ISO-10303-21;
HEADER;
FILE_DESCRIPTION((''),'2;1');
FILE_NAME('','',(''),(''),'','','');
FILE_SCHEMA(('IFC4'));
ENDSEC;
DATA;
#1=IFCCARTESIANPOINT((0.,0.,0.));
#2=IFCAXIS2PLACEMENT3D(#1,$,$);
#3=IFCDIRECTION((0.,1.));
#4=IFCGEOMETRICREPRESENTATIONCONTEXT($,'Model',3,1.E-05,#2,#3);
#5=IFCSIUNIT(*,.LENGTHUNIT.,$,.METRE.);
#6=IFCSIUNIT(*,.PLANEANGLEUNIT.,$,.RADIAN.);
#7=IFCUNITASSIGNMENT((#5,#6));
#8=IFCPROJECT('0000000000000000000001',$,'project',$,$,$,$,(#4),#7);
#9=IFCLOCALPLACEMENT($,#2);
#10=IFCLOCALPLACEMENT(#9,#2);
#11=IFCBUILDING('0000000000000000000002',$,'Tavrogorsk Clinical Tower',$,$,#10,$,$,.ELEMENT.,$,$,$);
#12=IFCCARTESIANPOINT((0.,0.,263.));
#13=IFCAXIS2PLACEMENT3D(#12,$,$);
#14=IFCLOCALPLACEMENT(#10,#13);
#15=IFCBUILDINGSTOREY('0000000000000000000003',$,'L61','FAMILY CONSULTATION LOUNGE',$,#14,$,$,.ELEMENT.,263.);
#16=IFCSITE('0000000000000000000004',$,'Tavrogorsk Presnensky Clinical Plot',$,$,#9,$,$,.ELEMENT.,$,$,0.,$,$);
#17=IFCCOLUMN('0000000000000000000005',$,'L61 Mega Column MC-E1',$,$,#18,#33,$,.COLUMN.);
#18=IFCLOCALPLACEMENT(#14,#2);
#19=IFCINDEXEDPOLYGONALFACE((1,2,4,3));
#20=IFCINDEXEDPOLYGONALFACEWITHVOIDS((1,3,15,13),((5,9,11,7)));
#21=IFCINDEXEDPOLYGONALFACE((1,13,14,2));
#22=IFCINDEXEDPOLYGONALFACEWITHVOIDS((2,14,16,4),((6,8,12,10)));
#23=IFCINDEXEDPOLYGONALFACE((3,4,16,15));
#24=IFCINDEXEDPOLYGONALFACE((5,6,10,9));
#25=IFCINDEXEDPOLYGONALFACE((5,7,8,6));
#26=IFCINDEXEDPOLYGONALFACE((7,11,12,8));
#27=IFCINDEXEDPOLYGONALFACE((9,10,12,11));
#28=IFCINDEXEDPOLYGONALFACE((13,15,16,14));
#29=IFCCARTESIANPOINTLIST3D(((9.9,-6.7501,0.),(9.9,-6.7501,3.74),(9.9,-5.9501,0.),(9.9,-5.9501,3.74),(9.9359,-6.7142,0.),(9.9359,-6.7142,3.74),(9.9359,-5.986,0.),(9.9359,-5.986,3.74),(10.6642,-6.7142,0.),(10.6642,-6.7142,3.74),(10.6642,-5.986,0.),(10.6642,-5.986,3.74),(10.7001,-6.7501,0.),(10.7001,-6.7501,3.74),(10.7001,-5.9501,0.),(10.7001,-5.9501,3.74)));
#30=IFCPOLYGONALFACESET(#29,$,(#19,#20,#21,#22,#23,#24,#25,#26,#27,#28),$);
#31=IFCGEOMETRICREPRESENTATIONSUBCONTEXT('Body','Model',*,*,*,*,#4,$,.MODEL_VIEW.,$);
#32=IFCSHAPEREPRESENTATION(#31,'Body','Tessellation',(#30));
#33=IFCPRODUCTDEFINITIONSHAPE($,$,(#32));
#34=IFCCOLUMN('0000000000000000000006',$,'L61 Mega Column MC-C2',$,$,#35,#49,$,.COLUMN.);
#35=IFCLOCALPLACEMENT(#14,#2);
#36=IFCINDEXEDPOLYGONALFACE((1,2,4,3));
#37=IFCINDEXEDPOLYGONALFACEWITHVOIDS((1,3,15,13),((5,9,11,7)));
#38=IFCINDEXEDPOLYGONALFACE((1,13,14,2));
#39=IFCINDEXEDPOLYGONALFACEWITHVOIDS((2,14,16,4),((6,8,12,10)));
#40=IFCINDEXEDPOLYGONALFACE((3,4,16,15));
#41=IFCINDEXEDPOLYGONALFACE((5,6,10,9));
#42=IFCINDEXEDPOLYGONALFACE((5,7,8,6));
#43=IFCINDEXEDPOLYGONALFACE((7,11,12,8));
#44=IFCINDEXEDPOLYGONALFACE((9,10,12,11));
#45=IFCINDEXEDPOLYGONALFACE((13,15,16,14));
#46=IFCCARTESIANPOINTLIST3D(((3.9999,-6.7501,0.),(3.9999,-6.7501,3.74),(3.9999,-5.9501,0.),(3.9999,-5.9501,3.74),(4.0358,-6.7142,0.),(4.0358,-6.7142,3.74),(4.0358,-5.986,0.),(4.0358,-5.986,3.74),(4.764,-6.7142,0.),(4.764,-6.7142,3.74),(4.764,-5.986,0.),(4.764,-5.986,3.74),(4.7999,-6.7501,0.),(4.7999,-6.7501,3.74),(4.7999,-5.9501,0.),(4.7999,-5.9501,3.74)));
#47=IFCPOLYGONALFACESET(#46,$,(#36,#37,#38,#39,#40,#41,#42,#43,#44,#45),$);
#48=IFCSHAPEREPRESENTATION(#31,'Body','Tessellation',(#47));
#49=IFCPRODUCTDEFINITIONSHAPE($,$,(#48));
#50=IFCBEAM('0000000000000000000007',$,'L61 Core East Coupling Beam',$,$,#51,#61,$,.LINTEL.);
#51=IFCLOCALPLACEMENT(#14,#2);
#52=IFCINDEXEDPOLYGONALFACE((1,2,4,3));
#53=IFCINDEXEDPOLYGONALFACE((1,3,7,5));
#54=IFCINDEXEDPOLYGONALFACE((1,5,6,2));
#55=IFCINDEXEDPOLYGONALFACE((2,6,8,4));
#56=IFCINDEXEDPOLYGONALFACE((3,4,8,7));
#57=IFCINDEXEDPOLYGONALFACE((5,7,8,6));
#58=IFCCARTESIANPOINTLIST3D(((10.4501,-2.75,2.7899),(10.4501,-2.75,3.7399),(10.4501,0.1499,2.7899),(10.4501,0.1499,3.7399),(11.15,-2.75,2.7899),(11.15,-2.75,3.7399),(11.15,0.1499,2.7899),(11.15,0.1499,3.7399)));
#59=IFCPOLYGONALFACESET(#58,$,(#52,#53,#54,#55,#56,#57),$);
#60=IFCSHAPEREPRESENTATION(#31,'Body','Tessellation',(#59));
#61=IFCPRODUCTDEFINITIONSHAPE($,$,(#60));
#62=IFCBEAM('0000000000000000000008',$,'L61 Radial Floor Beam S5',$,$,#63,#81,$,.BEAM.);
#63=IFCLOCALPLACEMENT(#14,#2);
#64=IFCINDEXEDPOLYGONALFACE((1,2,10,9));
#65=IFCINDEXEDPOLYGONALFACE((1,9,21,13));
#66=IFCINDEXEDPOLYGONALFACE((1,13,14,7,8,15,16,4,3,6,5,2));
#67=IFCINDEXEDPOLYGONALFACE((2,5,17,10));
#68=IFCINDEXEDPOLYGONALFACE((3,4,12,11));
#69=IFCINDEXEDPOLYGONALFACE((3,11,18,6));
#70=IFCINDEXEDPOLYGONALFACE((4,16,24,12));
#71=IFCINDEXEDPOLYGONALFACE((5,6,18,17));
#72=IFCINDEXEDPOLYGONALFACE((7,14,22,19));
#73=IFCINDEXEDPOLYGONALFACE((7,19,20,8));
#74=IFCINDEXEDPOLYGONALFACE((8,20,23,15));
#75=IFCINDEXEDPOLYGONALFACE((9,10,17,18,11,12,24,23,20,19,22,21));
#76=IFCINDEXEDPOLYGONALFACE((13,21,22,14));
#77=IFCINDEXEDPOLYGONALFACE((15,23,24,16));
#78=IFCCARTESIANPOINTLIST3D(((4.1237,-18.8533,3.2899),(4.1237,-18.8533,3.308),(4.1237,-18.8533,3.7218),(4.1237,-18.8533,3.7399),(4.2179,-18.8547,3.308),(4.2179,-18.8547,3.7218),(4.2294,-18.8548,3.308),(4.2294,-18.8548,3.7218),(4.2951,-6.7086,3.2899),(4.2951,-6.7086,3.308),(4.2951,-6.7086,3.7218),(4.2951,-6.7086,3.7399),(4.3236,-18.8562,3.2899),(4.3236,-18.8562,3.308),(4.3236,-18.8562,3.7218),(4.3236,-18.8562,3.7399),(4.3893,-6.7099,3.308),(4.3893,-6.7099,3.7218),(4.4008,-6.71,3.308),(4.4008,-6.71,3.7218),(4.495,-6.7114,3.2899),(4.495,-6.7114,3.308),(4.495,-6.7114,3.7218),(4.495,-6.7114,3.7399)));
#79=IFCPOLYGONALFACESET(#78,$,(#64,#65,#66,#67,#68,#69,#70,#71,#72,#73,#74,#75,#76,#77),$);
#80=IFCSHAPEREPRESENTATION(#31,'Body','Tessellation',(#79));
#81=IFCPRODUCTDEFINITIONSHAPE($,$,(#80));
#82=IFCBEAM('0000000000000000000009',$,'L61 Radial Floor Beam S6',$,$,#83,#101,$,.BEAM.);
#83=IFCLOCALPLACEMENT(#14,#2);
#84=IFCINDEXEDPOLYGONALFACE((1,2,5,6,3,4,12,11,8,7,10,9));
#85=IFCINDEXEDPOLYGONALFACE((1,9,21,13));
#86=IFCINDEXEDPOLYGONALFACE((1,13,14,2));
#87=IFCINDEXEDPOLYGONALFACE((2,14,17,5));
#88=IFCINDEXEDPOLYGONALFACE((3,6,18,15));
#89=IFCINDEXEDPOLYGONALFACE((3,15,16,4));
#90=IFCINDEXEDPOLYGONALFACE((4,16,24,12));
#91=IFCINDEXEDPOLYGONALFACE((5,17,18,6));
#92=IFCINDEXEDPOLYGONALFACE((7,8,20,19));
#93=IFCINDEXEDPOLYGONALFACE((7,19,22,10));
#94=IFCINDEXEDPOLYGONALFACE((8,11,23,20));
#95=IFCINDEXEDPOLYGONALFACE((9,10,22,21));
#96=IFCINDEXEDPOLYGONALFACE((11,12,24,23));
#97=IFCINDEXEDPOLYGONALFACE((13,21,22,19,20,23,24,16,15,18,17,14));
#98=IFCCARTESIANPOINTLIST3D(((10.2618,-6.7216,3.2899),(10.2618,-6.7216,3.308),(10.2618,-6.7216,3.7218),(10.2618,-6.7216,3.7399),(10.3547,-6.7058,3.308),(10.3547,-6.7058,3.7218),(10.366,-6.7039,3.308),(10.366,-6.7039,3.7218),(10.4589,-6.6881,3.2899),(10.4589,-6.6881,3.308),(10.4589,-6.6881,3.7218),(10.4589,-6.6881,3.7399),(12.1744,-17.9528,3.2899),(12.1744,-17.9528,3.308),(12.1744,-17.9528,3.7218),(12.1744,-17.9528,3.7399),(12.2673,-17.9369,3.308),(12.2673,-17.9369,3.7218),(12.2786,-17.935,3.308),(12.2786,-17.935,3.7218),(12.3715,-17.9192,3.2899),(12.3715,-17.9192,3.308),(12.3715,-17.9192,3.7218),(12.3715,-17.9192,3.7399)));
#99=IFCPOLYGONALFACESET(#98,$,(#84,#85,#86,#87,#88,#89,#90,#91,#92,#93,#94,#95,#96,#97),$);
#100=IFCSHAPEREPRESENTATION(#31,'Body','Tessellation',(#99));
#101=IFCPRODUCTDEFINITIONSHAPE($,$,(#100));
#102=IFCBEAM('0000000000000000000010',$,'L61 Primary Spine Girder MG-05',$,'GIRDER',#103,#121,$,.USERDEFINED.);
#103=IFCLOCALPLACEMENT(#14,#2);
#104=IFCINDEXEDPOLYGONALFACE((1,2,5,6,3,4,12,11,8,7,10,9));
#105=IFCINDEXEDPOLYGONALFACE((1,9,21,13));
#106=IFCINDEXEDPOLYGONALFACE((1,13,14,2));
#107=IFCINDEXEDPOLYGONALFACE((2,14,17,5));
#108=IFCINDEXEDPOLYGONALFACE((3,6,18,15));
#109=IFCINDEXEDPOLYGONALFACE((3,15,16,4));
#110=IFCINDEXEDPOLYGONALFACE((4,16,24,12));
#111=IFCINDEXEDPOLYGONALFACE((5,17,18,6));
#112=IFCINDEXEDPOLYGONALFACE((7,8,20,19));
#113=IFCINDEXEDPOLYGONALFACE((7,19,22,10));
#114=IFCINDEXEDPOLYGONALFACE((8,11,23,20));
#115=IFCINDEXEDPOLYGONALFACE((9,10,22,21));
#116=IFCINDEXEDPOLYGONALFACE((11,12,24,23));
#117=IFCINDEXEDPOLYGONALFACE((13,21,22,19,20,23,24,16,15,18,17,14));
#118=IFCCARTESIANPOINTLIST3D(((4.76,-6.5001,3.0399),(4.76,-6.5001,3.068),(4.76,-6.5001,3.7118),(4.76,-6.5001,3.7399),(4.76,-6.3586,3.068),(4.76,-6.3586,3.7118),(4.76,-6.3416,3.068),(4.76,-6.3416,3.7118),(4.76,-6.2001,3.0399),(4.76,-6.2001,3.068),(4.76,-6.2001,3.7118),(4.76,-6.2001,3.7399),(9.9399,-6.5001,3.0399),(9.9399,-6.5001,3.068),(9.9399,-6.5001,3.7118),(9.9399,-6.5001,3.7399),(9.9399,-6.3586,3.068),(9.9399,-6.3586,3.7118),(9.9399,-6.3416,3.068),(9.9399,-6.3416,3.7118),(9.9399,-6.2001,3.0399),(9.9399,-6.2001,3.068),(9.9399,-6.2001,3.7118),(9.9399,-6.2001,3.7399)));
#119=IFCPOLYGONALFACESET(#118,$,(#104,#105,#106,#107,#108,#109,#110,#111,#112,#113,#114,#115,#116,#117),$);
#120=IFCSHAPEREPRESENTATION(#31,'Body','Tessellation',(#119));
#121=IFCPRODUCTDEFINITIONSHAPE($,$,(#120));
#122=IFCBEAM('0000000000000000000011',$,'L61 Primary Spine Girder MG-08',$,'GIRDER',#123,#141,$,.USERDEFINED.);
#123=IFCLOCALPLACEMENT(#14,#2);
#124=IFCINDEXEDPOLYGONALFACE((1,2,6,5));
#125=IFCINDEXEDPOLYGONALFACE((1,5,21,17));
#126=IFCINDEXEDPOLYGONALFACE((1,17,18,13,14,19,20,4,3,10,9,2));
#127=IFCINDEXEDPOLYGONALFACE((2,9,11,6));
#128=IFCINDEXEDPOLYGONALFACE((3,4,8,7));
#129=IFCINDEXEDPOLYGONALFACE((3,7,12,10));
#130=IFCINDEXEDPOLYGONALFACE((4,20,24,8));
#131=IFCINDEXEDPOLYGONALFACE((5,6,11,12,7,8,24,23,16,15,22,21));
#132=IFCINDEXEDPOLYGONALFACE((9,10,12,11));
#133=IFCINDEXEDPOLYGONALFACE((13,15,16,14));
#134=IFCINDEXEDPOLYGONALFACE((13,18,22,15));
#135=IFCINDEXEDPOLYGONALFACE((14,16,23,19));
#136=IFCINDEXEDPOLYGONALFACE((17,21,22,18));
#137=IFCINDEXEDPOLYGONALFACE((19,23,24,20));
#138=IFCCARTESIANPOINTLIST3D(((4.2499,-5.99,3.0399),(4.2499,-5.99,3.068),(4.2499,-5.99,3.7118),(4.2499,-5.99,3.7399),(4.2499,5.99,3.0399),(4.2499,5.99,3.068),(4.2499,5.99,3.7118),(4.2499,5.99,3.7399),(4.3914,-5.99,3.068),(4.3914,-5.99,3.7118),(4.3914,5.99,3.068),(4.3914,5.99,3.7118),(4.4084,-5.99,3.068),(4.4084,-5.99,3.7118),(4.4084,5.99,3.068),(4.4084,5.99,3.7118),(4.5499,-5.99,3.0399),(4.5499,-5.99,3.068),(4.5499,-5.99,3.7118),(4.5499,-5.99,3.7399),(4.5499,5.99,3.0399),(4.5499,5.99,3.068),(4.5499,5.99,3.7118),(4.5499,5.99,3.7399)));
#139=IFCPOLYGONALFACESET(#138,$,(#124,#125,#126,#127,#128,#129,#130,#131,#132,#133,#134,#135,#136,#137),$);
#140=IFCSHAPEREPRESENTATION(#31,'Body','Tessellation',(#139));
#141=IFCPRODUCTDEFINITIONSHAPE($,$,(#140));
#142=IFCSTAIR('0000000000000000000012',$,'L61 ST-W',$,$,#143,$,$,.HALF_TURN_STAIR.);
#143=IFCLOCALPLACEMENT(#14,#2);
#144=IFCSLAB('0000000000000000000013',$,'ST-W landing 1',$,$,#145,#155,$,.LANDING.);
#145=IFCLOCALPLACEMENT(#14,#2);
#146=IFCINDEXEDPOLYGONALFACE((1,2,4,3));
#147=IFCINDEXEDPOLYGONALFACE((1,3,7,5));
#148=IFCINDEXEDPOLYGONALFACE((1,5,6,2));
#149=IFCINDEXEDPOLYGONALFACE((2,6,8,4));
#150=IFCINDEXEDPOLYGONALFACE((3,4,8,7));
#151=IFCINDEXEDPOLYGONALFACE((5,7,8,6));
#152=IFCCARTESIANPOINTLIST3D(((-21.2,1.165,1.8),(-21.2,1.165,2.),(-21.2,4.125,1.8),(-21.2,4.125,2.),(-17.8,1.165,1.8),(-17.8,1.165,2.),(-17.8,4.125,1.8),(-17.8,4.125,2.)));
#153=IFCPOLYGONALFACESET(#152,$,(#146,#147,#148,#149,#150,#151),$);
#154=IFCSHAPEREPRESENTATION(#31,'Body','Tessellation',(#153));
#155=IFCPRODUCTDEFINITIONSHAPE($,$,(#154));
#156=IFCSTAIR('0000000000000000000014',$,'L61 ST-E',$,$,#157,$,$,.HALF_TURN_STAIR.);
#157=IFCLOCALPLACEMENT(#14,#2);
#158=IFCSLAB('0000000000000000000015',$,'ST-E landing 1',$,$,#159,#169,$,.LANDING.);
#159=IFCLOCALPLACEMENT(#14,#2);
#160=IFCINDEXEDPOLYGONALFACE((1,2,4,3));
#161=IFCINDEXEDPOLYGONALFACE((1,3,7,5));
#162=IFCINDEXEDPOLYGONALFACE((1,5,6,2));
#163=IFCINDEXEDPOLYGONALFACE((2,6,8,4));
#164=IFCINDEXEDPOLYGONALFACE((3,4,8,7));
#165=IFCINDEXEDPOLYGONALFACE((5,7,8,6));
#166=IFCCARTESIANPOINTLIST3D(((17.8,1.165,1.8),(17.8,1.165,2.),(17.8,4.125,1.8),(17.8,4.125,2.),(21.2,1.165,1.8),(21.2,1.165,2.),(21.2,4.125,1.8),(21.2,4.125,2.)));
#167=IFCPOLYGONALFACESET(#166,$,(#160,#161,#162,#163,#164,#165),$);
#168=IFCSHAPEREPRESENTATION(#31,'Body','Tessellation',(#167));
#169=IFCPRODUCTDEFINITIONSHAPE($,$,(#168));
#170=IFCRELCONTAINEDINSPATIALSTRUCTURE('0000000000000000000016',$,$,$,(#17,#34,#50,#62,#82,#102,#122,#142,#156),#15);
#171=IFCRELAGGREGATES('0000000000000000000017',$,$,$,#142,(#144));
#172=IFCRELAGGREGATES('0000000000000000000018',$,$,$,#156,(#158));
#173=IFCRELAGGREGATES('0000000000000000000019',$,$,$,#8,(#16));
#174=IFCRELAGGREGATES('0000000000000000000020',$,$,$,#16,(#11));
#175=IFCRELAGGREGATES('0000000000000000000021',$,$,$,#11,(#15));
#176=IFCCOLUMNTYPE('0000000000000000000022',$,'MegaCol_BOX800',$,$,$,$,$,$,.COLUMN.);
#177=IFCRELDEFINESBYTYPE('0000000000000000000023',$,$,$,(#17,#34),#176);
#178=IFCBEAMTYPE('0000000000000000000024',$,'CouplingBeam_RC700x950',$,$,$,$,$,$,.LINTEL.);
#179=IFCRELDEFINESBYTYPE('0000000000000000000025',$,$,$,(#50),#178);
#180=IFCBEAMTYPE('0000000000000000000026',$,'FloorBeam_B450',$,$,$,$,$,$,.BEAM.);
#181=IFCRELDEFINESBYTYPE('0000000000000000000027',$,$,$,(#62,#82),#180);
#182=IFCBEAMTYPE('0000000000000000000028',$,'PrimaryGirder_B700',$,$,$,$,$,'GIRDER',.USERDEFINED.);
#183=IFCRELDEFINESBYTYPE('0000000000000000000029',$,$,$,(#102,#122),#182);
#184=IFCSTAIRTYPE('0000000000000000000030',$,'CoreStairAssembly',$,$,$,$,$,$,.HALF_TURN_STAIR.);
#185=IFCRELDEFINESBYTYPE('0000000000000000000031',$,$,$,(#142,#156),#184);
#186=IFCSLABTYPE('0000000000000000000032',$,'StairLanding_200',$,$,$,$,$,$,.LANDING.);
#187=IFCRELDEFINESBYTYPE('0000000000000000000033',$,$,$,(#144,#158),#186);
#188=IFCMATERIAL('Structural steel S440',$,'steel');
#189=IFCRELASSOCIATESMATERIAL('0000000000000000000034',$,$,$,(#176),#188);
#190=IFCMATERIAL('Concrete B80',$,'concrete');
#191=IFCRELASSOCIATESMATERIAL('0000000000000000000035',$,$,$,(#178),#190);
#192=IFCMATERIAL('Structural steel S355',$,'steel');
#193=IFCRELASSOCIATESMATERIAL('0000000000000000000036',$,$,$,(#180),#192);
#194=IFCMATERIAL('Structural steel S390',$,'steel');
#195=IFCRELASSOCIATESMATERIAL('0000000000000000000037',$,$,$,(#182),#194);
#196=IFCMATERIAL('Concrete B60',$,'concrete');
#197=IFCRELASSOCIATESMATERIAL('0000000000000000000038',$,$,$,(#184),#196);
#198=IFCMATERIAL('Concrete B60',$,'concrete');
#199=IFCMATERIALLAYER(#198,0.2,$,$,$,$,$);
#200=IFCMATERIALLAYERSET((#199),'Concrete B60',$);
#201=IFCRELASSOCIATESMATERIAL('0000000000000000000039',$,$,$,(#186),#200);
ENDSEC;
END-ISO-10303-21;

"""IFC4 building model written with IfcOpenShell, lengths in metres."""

from ifc_helpers import new_model, si_unit, direction, frame, origin, origin_2d, place, context, subcontext, project, spatial, polyline, rectangle, hollow_rectangle, i_section, outline, extrude, material, layer, layer_set, material_profile, profile_set, type_object, element, aggregate, save


model = new_model("IFC4")

# Units and contexts
model_context = context("Model", 3, precision=1e-05, world=origin(), true_north=direction((0.0, 1.0)))
body_context = subcontext(model_context, "Body", "Model", "MODEL_VIEW")
ifc_project = project(units=[si_unit("LENGTHUNIT", "METRE"), si_unit("PLANEANGLEUNIT", "RADIAN")], contexts=[model_context])

# Site, building, storey
site_placement = place(None, origin())
site = spatial("IfcSite", under=ifc_project, at=site_placement, Name="Tavrogorsk Presnensky Clinical Plot", CompositionType="ELEMENT", RefElevation=0.0)
building_placement = place(site_placement, origin())
building = spatial("IfcBuilding", under=site, at=building_placement, Name="Tavrogorsk Clinical Tower", CompositionType="ELEMENT")
storey_placement = place(building_placement, frame((0.0, 0.0, 263.0)))
storey = spatial("IfcBuildingStorey", under=building, at=storey_placement, Name="L61", Description="FAMILY CONSULTATION LOUNGE", CompositionType="ELEMENT", Elevation=263.0)

# Columns
ifc_material_1 = material(Name="Structural steel S440", Category="steel")
ifc_material_profile_1 = material_profile(ifc_material_1, hollow_rectangle(XDim=0.8, YDim=0.8, WallThickness=0.0359, at=origin_2d()), Name="BOX-800x800x36")
ifc_profile_set_1 = profile_set([ifc_material_profile_1], Name="Structural steel S440")
column_type = type_object("IfcColumnType", Name="MegaCol_BOX800", PredefinedType="COLUMN", material=ifc_profile_set_1)
for number, where, z_axis, x_axis, name in (
    (1, (10.3, -6.3501, 0.0), (0.0, 0.0, 1.0), (1.0, 0.0, 0.0), "L61 Mega Column MC-E1"),
    (2, (4.3999, -6.3501, 0.0), (0.0, 0.0, 1.0), (1.0, 0.0, 0.0), "L61 Mega Column MC-C2"),
):
    element("IfcColumn", number, at=place(storey_placement, frame(where, z_axis=z_axis, x_axis=x_axis)), inside=storey, type_object=column_type, Name=name, PredefinedType="COLUMN", context=body_context, shape_type="SweptSolid", body=[
        extrude(hollow_rectangle(XDim=0.8, YDim=0.8, WallThickness=0.0359, at=origin_2d()), origin(), (0.0, 0.0, 1.0), 3.74),
    ])

# Beams
ifc_material_2 = material(Name="Concrete B80", Category="concrete")
ifc_material_profile_2 = material_profile(ifc_material_2, rectangle(XDim=0.7, YDim=0.95, at=origin_2d()), Name="RC-CB-700x950")
ifc_profile_set_2 = profile_set([ifc_material_profile_2], Name="Concrete B80")
beam_type_1 = type_object("IfcBeamType", Name="CouplingBeam_RC700x950", PredefinedType="LINTEL", material=ifc_profile_set_2)
beam_1_placement = place(storey_placement, frame((10.8, -2.75, 3.2649), z_axis=(0.0, 1.0, 0.0), x_axis=(-1.0, 0.0, 0.0)))
element("IfcBeam", 3, at=beam_1_placement, inside=storey, type_object=beam_type_1, Name="L61 Core East Coupling Beam", PredefinedType="LINTEL", context=body_context, shape_type="SweptSolid", body=[
    extrude(rectangle(XDim=0.7, YDim=0.95, at=origin_2d()), origin(), (0.0, 0.0, 1.0), 2.8999),
])
ifc_material_3 = material(Name="Structural steel S355", Category="steel")
ifc_material_profile_3 = material_profile(ifc_material_3, i_section(OverallWidth=0.2, OverallDepth=0.45, WebThickness=0.0115, FlangeThickness=0.0181, at=origin_2d()), Name="B-450x200x11.5x18")
ifc_profile_set_3 = profile_set([ifc_material_profile_3], Name="Structural steel S355")
beam_type_2 = type_object("IfcBeamType", Name="FloorBeam_B450", PredefinedType="BEAM", material=ifc_profile_set_3)
beam_2_placement = place(storey_placement, frame((4.395, -6.71, 3.5149), z_axis=(-0.014111, -0.9999, 0.0), x_axis=(0.9999, -0.014111, 0.0)))
element("IfcBeam", 4, at=beam_2_placement, inside=storey, type_object=beam_type_2, Name="L61 Radial Floor Beam S5", PredefinedType="BEAM", context=body_context, shape_type="SweptSolid", body=[
    extrude(i_section(OverallWidth=0.2, OverallDepth=0.45, WebThickness=0.0115, FlangeThickness=0.0181, at=origin_2d()), origin(), (0.0, 0.0, 1.0), 12.146),
])
beam_3_placement = place(storey_placement, frame((10.3604, -6.7048, 3.5149), z_axis=(0.167876, -0.985808, 0.0), x_axis=(0.985808, 0.167876, 0.0)))
element("IfcBeam", 5, at=beam_3_placement, inside=storey, type_object=beam_type_2, Name="L61 Radial Floor Beam S6", PredefinedType="BEAM", context=body_context, shape_type="SweptSolid", body=[
    extrude(i_section(OverallWidth=0.2, OverallDepth=0.45, WebThickness=0.0115, FlangeThickness=0.0181, at=origin_2d()), origin(), (0.0, 0.0, 1.0), 11.3928),
])
ifc_material_4 = material(Name="Structural steel S390", Category="steel")
ifc_material_profile_4 = material_profile(ifc_material_4, i_section(OverallWidth=0.3, OverallDepth=0.7, WebThickness=0.0171, FlangeThickness=0.0281, at=origin_2d()), Name="B-700x300x17x28")
ifc_profile_set_4 = profile_set([ifc_material_profile_4], Name="Structural steel S390")
beam_type_3 = type_object("IfcBeamType", Name="PrimaryGirder_B700", ElementType="GIRDER", PredefinedType="USERDEFINED", material=ifc_profile_set_4)
beam_4_placement = place(storey_placement, frame((4.76, -6.3501, 3.3899), z_axis=(1.0, 0.0, 0.0), x_axis=(0.0, 1.0, 0.0)))
element("IfcBeam", 6, at=beam_4_placement, inside=storey, type_object=beam_type_3, Name="L61 Primary Spine Girder MG-05", ObjectType="GIRDER", PredefinedType="USERDEFINED", context=body_context, shape_type="SweptSolid", body=[
    extrude(i_section(OverallWidth=0.3, OverallDepth=0.7, WebThickness=0.0171, FlangeThickness=0.0281, at=origin_2d()), origin(), (0.0, 0.0, 1.0), 5.1799),
])
beam_5_placement = place(storey_placement, frame((4.3999, -5.99, 3.3899), z_axis=(0.0, 1.0, 0.0), x_axis=(-1.0, 0.0, 0.0)))
element("IfcBeam", 7, at=beam_5_placement, inside=storey, type_object=beam_type_3, Name="L61 Primary Spine Girder MG-08", ObjectType="GIRDER", PredefinedType="USERDEFINED", context=body_context, shape_type="SweptSolid", body=[
    extrude(i_section(OverallWidth=0.3, OverallDepth=0.7, WebThickness=0.0171, FlangeThickness=0.0281, at=origin_2d()), origin(), (0.0, 0.0, 1.0), 11.98),
])

# Stairs, slabs
ifc_material_5 = material(Name="Concrete B60", Category="concrete")
stair_type = type_object("IfcStairType", Name="CoreStairAssembly", PredefinedType="HALF_TURN_STAIR", material=ifc_material_5)
stair_1_placement = place(storey_placement, origin())
stair_1 = element("IfcStair", 8, at=stair_1_placement, inside=storey, type_object=stair_type, Name="L61 ST-W", PredefinedType="HALF_TURN_STAIR")
ifc_material_6 = material(Name="Concrete B60", Category="concrete")
ifc_layer_1 = layer(ifc_material_6, 0.2)
ifc_layer_set_1 = layer_set([ifc_layer_1], Name="Concrete B60")
slab_type_1 = type_object("IfcSlabType", Name="StairLanding_200", PredefinedType="LANDING", material=ifc_layer_set_1)
slab_1_placement = place(storey_placement, frame((0.0, 0.0, 1.8)))
slab_1 = element("IfcSlab", 9, at=slab_1_placement, type_object=slab_type_1, Name="ST-W landing 1", PredefinedType="LANDING", context=body_context, shape_type="SweptSolid", body=[
    extrude(outline(polyline([(-17.8, 1.165), (-17.8, 4.125), (-21.2, 4.125), (-21.2, 1.165), (-17.8, 1.165)])), origin(), (0.0, 0.0, 1.0), 0.2),
])
aggregate(stair_1, [slab_1])
stair_2_placement = place(storey_placement, origin())
stair_2 = element("IfcStair", 10, at=stair_2_placement, inside=storey, type_object=stair_type, Name="L61 ST-E", PredefinedType="HALF_TURN_STAIR")
slab_2_placement = place(storey_placement, frame((0.0, 0.0, 1.8)))
slab_2 = element("IfcSlab", 11, at=slab_2_placement, type_object=slab_type_1, Name="ST-E landing 1", PredefinedType="LANDING", context=body_context, shape_type="SweptSolid", body=[
    extrude(outline(polyline([(21.2, 1.165), (21.2, 4.125), (17.8, 4.125), (17.8, 1.165), (21.2, 1.165)])), origin(), (0.0, 0.0, 1.0), 0.2),
])
aggregate(stair_2, [slab_2])

save(model, "model.ifc")
